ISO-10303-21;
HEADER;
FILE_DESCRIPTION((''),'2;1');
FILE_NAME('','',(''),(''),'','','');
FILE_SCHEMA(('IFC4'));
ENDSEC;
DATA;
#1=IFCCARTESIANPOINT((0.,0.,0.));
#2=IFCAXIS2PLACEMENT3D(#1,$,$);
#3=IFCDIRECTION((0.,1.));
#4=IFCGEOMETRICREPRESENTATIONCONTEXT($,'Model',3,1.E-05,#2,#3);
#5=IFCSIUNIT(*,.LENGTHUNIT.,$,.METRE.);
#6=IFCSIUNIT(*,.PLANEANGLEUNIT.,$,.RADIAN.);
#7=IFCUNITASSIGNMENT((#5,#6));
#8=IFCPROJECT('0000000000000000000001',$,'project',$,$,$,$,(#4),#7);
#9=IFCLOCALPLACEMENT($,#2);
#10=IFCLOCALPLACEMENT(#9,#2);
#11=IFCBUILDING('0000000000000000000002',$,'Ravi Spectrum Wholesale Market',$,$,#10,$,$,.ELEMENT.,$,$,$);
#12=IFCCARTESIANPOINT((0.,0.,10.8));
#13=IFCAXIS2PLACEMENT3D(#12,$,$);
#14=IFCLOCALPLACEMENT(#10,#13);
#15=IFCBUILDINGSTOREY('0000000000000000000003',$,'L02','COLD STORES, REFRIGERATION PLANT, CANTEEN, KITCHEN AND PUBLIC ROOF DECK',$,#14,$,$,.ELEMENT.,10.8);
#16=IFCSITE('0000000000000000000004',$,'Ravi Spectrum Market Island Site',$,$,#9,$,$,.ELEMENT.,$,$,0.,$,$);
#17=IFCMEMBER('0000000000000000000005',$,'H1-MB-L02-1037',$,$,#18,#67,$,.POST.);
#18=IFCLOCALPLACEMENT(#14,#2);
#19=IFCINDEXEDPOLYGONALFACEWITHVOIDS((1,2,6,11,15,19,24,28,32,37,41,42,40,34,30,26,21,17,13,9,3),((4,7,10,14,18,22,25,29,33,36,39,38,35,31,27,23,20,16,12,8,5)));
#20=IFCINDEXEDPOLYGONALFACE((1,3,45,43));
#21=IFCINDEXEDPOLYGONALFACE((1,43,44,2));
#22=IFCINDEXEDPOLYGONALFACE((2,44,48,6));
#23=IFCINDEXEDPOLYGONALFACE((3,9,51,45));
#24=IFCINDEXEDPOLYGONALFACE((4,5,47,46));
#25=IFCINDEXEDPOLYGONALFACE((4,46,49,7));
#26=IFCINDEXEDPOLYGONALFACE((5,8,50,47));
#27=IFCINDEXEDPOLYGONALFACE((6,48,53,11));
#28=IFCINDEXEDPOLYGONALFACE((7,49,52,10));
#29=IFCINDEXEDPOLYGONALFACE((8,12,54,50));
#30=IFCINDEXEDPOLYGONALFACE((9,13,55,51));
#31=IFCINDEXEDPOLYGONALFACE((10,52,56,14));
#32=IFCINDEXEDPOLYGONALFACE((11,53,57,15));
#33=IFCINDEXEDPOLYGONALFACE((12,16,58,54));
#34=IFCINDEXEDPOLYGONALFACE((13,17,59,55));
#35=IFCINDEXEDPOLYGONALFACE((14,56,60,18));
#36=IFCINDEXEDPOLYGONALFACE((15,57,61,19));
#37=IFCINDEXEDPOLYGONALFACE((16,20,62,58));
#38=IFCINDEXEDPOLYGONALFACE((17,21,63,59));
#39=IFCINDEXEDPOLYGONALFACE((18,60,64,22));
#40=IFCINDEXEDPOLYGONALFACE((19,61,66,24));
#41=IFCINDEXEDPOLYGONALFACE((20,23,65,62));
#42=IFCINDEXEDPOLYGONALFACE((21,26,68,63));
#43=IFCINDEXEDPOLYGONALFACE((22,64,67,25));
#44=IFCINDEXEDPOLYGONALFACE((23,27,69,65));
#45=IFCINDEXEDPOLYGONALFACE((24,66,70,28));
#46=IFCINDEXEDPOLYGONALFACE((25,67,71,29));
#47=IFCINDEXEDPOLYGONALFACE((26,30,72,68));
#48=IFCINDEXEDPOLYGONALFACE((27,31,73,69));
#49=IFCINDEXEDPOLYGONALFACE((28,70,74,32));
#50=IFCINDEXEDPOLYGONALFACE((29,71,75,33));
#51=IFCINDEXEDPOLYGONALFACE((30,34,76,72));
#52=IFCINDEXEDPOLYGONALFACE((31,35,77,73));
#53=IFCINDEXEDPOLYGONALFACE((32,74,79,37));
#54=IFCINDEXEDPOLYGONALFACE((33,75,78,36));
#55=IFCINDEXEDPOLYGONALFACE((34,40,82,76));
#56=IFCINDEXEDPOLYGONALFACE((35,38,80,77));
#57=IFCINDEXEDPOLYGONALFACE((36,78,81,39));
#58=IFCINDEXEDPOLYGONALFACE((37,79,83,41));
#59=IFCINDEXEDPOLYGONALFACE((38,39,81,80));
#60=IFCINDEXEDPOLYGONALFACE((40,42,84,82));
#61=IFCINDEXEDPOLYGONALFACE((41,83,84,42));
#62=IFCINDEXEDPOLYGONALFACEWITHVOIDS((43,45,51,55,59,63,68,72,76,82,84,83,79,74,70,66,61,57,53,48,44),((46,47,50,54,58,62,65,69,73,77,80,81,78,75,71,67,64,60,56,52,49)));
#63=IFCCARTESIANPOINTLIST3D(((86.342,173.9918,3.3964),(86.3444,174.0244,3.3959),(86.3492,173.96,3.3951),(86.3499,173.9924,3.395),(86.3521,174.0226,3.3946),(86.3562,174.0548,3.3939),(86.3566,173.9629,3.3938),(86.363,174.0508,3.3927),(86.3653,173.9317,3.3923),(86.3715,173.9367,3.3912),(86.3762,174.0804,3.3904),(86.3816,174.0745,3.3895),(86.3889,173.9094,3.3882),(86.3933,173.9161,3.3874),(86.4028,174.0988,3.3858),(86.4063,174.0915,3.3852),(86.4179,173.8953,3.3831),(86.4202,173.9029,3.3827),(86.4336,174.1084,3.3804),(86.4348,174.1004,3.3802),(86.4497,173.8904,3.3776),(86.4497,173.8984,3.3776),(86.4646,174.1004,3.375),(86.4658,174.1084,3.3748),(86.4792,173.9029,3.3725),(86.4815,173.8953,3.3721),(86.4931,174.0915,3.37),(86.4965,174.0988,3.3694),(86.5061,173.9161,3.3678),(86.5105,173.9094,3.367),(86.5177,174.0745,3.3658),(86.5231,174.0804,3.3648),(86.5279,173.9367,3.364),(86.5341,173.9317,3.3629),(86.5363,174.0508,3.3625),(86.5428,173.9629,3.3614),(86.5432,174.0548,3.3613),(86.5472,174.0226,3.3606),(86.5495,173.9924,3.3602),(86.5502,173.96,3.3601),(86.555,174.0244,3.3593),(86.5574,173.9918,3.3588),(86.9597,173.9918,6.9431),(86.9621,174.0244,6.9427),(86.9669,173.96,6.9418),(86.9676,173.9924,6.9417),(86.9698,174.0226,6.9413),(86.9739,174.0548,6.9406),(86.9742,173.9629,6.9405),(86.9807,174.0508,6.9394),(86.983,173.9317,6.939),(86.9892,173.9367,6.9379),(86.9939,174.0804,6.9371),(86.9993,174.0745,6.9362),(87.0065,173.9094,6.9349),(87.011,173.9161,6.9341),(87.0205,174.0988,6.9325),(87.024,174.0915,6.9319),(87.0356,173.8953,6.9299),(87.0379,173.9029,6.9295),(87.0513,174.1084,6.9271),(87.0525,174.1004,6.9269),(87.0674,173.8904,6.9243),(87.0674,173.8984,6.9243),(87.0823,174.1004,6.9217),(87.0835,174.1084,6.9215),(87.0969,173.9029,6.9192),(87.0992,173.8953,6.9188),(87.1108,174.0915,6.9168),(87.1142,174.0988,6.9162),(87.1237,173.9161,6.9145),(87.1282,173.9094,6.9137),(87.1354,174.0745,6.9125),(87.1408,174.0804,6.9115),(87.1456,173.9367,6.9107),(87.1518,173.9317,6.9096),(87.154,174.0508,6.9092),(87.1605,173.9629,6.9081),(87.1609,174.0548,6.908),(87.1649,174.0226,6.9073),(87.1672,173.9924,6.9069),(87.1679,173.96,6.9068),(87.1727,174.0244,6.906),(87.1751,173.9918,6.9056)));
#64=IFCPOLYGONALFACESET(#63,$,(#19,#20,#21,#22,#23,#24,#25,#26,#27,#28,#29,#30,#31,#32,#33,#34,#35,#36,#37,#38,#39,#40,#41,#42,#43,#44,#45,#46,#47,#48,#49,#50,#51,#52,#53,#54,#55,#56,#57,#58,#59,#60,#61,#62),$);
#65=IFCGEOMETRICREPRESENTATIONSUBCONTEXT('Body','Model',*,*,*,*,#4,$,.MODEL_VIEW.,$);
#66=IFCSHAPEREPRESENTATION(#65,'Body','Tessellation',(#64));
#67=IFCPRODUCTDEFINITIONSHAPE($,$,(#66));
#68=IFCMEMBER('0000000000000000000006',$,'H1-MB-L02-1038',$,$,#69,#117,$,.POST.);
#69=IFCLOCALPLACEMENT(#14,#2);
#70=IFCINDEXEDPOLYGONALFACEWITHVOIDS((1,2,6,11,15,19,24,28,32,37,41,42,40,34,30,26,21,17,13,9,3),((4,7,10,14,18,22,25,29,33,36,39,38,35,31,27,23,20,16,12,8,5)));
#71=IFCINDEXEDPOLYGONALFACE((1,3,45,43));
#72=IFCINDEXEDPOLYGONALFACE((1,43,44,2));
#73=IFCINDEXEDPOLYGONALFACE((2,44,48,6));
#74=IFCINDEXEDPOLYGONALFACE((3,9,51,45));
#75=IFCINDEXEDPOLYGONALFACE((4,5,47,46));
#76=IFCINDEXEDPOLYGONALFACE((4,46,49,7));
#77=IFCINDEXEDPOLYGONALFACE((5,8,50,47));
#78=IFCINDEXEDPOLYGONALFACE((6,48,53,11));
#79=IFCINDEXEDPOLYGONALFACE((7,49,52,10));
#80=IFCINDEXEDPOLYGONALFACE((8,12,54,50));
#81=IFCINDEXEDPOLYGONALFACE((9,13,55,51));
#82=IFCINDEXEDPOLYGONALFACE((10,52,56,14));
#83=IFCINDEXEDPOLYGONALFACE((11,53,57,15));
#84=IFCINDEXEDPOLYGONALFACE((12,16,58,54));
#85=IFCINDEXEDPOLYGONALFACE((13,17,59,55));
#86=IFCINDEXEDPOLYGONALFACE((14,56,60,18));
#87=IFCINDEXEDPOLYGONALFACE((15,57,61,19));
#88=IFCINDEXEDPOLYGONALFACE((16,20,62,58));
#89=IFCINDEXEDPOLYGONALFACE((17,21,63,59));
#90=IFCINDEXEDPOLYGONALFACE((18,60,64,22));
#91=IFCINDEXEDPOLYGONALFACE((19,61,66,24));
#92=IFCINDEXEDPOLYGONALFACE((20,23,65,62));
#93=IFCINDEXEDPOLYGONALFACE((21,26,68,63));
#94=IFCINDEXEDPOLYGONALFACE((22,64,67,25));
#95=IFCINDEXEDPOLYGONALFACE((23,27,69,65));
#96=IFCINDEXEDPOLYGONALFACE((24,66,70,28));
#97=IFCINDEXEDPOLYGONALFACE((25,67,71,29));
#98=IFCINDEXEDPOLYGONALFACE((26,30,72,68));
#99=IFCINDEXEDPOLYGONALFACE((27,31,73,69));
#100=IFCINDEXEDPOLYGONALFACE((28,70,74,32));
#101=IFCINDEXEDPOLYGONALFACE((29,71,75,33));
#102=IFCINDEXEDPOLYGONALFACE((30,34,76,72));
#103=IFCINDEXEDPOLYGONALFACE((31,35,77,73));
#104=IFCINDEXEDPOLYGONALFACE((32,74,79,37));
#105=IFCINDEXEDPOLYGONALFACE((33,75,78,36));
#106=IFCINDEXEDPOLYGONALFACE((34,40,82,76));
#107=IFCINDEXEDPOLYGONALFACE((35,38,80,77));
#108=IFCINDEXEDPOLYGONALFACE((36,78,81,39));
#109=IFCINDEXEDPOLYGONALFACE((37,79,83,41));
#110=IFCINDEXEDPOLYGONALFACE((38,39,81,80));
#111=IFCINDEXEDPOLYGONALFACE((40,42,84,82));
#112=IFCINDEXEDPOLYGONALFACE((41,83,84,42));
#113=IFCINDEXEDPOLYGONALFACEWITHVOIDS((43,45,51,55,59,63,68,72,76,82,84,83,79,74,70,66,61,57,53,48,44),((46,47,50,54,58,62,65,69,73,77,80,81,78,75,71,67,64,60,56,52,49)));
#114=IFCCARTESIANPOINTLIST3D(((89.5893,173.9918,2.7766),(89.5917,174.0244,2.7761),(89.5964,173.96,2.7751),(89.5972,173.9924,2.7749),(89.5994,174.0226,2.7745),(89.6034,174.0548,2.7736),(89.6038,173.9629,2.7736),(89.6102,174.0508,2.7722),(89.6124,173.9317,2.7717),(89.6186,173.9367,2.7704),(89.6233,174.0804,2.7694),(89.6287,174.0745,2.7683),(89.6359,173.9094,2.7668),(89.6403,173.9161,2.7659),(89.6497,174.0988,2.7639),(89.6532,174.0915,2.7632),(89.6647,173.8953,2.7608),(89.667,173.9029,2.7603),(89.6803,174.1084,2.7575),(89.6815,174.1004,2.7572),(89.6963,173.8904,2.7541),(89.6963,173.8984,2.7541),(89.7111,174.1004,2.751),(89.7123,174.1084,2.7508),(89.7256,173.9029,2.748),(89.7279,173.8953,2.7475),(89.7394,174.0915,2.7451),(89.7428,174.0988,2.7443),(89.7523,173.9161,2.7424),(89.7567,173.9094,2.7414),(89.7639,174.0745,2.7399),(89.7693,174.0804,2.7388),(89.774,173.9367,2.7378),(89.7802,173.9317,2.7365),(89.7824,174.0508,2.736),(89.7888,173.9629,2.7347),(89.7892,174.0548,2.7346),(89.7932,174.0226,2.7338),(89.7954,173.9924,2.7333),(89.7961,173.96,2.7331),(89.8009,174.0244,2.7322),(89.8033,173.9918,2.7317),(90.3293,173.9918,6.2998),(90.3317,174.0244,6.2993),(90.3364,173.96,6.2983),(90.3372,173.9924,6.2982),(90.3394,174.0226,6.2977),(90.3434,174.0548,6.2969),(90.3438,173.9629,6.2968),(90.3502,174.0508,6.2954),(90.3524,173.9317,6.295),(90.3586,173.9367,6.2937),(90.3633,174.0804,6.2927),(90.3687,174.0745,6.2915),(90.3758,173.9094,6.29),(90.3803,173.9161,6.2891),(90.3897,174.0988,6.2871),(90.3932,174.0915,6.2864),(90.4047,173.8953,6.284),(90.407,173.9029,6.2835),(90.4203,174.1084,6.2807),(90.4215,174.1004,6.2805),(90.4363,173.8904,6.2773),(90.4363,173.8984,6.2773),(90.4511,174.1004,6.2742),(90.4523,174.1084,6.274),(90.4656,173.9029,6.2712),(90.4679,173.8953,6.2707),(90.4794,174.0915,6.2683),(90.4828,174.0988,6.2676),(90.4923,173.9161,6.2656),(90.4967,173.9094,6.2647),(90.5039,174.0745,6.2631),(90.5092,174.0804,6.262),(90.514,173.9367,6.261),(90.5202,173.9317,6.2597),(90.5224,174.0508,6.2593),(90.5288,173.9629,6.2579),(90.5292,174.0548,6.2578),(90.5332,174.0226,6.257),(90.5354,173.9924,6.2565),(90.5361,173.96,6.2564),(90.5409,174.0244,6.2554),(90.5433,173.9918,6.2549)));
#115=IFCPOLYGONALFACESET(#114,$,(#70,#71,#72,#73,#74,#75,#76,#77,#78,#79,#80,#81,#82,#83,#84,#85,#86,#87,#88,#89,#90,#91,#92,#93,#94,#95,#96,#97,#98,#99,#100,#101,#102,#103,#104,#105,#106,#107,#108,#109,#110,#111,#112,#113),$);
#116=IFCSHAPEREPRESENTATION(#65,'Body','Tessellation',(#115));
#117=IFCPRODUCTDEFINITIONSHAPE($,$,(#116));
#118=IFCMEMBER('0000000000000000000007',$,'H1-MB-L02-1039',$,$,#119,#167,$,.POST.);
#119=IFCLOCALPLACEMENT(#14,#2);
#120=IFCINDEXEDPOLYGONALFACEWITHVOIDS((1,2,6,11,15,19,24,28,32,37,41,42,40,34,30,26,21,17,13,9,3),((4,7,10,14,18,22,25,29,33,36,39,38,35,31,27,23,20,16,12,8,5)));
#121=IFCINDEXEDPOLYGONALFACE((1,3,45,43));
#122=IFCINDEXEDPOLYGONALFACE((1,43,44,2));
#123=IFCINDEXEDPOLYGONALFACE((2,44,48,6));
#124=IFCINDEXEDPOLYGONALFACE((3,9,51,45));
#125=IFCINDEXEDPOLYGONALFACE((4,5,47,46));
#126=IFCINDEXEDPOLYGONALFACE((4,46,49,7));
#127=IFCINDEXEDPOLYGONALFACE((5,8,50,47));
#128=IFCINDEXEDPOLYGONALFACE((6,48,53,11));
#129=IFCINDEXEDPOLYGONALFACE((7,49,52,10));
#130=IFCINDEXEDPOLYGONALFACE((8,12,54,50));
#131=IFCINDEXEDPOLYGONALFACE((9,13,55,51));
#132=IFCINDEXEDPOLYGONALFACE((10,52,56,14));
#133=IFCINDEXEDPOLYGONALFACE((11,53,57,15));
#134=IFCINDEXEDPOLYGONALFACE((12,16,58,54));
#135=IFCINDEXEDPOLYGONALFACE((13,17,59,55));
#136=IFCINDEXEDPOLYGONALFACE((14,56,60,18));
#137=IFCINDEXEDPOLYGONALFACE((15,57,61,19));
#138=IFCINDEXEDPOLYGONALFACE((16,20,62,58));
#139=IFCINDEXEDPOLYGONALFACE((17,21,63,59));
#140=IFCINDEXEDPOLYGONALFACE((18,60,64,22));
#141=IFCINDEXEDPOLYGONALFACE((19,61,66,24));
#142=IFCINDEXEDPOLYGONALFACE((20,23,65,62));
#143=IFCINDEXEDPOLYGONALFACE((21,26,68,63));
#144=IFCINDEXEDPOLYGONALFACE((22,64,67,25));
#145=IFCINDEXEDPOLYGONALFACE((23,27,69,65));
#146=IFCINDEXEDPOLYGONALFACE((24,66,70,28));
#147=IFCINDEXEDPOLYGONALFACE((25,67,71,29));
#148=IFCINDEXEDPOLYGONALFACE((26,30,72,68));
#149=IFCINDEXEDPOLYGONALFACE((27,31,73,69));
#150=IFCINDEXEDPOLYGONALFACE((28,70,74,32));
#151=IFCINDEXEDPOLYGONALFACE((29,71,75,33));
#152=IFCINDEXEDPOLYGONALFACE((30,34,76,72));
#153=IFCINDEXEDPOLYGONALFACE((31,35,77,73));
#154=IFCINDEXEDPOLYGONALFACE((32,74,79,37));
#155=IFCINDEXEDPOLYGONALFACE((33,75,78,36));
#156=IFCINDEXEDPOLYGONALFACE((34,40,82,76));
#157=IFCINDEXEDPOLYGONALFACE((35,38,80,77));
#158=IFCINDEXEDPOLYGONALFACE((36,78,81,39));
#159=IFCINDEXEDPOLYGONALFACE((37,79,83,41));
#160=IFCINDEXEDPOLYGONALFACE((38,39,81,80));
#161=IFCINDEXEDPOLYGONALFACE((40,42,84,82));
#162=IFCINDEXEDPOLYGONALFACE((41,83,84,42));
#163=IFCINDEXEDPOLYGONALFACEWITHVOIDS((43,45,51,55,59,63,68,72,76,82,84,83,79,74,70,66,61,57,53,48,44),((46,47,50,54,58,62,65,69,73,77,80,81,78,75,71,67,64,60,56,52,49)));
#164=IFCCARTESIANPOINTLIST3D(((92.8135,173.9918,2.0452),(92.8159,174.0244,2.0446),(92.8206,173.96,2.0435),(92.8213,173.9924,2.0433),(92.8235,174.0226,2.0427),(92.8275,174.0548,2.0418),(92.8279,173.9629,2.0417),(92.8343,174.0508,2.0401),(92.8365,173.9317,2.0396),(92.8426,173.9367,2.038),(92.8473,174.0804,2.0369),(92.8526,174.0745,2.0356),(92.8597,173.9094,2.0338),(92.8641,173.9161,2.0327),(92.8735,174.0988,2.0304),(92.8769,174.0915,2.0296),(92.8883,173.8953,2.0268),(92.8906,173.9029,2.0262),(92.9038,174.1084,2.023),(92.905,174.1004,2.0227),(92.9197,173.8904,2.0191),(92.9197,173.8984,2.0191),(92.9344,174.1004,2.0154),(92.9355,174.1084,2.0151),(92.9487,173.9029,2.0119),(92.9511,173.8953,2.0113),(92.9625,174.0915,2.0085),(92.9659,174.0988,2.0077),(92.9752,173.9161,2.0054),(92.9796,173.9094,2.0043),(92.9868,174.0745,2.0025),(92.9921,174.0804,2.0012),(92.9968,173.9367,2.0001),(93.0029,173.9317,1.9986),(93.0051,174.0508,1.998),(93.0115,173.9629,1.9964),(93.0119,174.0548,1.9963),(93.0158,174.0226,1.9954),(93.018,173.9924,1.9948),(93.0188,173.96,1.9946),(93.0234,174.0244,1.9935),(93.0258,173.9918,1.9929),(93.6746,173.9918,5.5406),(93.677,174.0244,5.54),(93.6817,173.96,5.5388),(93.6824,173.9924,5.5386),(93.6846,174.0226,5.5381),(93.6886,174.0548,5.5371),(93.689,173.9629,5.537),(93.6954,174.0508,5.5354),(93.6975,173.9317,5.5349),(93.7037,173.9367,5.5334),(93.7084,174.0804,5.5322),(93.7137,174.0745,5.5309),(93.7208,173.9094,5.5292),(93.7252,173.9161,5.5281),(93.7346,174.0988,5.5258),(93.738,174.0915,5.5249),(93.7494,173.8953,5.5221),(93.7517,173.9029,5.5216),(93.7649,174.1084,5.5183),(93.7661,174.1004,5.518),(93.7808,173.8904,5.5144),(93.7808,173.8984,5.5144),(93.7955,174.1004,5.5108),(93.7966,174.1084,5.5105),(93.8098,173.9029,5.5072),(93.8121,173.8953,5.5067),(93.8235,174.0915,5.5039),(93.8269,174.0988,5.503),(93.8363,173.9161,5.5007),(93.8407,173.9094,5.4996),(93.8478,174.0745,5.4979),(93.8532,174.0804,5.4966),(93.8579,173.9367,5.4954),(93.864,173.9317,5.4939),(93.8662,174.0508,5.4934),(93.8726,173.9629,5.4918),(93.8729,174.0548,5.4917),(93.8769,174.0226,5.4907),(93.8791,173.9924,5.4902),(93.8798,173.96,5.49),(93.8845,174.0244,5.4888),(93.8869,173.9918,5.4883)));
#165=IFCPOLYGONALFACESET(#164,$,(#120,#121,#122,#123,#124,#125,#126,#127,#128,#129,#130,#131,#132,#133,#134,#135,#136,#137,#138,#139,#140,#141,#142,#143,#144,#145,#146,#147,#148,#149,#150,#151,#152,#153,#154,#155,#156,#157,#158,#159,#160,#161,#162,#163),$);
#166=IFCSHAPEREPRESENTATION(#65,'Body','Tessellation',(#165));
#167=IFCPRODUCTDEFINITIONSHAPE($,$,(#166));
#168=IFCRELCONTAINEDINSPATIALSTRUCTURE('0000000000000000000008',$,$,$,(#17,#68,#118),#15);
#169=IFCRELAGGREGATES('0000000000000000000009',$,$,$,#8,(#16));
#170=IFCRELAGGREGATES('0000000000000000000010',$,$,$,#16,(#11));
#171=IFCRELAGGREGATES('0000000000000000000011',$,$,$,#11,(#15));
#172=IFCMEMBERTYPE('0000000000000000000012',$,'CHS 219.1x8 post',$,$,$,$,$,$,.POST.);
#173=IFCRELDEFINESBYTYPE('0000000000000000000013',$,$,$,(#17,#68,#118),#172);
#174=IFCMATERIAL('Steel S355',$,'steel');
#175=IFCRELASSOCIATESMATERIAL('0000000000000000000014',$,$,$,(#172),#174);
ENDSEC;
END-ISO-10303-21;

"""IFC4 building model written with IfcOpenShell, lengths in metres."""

from ifc_helpers import new_model, si_unit, direction, frame, origin, origin_2d, place, context, subcontext, project, spatial, hollow_circle, extrude, material, material_profile, profile_set, type_object, element, save


model = new_model("IFC4")

# Units and contexts
model_context = context("Model", 3, precision=1e-05, world=origin(), true_north=direction((0.0, 1.0)))
body_context = subcontext(model_context, "Body", "Model", "MODEL_VIEW")
ifc_project = project(units=[si_unit("LENGTHUNIT", "METRE"), si_unit("PLANEANGLEUNIT", "RADIAN")], contexts=[model_context])

# Site, building, storey
site_placement = place(None, origin())
site = spatial("IfcSite", under=ifc_project, at=site_placement, Name="Ravi Spectrum Market Island Site", CompositionType="ELEMENT", RefElevation=0.0)
building_placement = place(site_placement, origin())
building = spatial("IfcBuilding", under=site, at=building_placement, Name="Ravi Spectrum Wholesale Market", CompositionType="ELEMENT")
storey_placement = place(building_placement, frame((0.0, 0.0, 10.8)))
storey = spatial("IfcBuildingStorey", under=building, at=storey_placement, Name="L02", Description="COLD STORES, REFRIGERATION PLANT, CANTEEN, KITCHEN AND PUBLIC ROOF DECK", CompositionType="ELEMENT", Elevation=10.8)

# Members
ifc_material_1 = material(Name="Steel S355", Category="steel")
ifc_material_profile_1 = material_profile(ifc_material_1, hollow_circle(Radius=0.1096, WallThickness=0.0081, at=origin_2d()))
ifc_profile_set_1 = profile_set([ifc_material_profile_1], Name="Steel S355")
member_type_1 = type_object("IfcMemberType", Name="CHS 219.1x8 post", PredefinedType="POST", material=ifc_profile_set_1)
for number, where, z_axis, x_axis, name in (
    (1, (87.0674, 174.0, 6.9243), (-0.171576, 0.0, -0.985171), (0.0, -1.0, 0.0), "H1-MB-L02-1037"),
    (2, (90.4363, 174.0, 6.2773), (-0.205549, 0.0, -0.978647), (0.0, -1.0, 0.0), "H1-MB-L02-1038"),
):
    element("IfcMember", number, at=place(storey_placement, frame(where, z_axis=z_axis, x_axis=x_axis)), inside=storey, type_object=member_type_1, Name=name, PredefinedType="POST", context=body_context, shape_type="SweptSolid", body=[
        extrude(hollow_circle(Radius=0.1096, WallThickness=0.0081, at=origin_2d()), origin(), (0.0, 0.0, 1.0), 3.6001),
    ])
for number, where, z_axis, x_axis, name in (
    (3, (93.7808, 174.0, 5.5144), (-0.239199, 0.0, -0.970971), (0.0, -1.0, 0.0), "H1-MB-L02-1039"),
):
    element("IfcMember", number, at=place(storey_placement, frame(where, z_axis=z_axis, x_axis=x_axis)), inside=storey, type_object=member_type_1, Name=name, PredefinedType="POST", context=body_context, shape_type="SweptSolid", body=[
        extrude(hollow_circle(Radius=0.1096, WallThickness=0.0081, at=origin_2d()), origin(), (0.0, 0.0, 1.0), 3.5999),
    ])

save(model, "model.ifc")
